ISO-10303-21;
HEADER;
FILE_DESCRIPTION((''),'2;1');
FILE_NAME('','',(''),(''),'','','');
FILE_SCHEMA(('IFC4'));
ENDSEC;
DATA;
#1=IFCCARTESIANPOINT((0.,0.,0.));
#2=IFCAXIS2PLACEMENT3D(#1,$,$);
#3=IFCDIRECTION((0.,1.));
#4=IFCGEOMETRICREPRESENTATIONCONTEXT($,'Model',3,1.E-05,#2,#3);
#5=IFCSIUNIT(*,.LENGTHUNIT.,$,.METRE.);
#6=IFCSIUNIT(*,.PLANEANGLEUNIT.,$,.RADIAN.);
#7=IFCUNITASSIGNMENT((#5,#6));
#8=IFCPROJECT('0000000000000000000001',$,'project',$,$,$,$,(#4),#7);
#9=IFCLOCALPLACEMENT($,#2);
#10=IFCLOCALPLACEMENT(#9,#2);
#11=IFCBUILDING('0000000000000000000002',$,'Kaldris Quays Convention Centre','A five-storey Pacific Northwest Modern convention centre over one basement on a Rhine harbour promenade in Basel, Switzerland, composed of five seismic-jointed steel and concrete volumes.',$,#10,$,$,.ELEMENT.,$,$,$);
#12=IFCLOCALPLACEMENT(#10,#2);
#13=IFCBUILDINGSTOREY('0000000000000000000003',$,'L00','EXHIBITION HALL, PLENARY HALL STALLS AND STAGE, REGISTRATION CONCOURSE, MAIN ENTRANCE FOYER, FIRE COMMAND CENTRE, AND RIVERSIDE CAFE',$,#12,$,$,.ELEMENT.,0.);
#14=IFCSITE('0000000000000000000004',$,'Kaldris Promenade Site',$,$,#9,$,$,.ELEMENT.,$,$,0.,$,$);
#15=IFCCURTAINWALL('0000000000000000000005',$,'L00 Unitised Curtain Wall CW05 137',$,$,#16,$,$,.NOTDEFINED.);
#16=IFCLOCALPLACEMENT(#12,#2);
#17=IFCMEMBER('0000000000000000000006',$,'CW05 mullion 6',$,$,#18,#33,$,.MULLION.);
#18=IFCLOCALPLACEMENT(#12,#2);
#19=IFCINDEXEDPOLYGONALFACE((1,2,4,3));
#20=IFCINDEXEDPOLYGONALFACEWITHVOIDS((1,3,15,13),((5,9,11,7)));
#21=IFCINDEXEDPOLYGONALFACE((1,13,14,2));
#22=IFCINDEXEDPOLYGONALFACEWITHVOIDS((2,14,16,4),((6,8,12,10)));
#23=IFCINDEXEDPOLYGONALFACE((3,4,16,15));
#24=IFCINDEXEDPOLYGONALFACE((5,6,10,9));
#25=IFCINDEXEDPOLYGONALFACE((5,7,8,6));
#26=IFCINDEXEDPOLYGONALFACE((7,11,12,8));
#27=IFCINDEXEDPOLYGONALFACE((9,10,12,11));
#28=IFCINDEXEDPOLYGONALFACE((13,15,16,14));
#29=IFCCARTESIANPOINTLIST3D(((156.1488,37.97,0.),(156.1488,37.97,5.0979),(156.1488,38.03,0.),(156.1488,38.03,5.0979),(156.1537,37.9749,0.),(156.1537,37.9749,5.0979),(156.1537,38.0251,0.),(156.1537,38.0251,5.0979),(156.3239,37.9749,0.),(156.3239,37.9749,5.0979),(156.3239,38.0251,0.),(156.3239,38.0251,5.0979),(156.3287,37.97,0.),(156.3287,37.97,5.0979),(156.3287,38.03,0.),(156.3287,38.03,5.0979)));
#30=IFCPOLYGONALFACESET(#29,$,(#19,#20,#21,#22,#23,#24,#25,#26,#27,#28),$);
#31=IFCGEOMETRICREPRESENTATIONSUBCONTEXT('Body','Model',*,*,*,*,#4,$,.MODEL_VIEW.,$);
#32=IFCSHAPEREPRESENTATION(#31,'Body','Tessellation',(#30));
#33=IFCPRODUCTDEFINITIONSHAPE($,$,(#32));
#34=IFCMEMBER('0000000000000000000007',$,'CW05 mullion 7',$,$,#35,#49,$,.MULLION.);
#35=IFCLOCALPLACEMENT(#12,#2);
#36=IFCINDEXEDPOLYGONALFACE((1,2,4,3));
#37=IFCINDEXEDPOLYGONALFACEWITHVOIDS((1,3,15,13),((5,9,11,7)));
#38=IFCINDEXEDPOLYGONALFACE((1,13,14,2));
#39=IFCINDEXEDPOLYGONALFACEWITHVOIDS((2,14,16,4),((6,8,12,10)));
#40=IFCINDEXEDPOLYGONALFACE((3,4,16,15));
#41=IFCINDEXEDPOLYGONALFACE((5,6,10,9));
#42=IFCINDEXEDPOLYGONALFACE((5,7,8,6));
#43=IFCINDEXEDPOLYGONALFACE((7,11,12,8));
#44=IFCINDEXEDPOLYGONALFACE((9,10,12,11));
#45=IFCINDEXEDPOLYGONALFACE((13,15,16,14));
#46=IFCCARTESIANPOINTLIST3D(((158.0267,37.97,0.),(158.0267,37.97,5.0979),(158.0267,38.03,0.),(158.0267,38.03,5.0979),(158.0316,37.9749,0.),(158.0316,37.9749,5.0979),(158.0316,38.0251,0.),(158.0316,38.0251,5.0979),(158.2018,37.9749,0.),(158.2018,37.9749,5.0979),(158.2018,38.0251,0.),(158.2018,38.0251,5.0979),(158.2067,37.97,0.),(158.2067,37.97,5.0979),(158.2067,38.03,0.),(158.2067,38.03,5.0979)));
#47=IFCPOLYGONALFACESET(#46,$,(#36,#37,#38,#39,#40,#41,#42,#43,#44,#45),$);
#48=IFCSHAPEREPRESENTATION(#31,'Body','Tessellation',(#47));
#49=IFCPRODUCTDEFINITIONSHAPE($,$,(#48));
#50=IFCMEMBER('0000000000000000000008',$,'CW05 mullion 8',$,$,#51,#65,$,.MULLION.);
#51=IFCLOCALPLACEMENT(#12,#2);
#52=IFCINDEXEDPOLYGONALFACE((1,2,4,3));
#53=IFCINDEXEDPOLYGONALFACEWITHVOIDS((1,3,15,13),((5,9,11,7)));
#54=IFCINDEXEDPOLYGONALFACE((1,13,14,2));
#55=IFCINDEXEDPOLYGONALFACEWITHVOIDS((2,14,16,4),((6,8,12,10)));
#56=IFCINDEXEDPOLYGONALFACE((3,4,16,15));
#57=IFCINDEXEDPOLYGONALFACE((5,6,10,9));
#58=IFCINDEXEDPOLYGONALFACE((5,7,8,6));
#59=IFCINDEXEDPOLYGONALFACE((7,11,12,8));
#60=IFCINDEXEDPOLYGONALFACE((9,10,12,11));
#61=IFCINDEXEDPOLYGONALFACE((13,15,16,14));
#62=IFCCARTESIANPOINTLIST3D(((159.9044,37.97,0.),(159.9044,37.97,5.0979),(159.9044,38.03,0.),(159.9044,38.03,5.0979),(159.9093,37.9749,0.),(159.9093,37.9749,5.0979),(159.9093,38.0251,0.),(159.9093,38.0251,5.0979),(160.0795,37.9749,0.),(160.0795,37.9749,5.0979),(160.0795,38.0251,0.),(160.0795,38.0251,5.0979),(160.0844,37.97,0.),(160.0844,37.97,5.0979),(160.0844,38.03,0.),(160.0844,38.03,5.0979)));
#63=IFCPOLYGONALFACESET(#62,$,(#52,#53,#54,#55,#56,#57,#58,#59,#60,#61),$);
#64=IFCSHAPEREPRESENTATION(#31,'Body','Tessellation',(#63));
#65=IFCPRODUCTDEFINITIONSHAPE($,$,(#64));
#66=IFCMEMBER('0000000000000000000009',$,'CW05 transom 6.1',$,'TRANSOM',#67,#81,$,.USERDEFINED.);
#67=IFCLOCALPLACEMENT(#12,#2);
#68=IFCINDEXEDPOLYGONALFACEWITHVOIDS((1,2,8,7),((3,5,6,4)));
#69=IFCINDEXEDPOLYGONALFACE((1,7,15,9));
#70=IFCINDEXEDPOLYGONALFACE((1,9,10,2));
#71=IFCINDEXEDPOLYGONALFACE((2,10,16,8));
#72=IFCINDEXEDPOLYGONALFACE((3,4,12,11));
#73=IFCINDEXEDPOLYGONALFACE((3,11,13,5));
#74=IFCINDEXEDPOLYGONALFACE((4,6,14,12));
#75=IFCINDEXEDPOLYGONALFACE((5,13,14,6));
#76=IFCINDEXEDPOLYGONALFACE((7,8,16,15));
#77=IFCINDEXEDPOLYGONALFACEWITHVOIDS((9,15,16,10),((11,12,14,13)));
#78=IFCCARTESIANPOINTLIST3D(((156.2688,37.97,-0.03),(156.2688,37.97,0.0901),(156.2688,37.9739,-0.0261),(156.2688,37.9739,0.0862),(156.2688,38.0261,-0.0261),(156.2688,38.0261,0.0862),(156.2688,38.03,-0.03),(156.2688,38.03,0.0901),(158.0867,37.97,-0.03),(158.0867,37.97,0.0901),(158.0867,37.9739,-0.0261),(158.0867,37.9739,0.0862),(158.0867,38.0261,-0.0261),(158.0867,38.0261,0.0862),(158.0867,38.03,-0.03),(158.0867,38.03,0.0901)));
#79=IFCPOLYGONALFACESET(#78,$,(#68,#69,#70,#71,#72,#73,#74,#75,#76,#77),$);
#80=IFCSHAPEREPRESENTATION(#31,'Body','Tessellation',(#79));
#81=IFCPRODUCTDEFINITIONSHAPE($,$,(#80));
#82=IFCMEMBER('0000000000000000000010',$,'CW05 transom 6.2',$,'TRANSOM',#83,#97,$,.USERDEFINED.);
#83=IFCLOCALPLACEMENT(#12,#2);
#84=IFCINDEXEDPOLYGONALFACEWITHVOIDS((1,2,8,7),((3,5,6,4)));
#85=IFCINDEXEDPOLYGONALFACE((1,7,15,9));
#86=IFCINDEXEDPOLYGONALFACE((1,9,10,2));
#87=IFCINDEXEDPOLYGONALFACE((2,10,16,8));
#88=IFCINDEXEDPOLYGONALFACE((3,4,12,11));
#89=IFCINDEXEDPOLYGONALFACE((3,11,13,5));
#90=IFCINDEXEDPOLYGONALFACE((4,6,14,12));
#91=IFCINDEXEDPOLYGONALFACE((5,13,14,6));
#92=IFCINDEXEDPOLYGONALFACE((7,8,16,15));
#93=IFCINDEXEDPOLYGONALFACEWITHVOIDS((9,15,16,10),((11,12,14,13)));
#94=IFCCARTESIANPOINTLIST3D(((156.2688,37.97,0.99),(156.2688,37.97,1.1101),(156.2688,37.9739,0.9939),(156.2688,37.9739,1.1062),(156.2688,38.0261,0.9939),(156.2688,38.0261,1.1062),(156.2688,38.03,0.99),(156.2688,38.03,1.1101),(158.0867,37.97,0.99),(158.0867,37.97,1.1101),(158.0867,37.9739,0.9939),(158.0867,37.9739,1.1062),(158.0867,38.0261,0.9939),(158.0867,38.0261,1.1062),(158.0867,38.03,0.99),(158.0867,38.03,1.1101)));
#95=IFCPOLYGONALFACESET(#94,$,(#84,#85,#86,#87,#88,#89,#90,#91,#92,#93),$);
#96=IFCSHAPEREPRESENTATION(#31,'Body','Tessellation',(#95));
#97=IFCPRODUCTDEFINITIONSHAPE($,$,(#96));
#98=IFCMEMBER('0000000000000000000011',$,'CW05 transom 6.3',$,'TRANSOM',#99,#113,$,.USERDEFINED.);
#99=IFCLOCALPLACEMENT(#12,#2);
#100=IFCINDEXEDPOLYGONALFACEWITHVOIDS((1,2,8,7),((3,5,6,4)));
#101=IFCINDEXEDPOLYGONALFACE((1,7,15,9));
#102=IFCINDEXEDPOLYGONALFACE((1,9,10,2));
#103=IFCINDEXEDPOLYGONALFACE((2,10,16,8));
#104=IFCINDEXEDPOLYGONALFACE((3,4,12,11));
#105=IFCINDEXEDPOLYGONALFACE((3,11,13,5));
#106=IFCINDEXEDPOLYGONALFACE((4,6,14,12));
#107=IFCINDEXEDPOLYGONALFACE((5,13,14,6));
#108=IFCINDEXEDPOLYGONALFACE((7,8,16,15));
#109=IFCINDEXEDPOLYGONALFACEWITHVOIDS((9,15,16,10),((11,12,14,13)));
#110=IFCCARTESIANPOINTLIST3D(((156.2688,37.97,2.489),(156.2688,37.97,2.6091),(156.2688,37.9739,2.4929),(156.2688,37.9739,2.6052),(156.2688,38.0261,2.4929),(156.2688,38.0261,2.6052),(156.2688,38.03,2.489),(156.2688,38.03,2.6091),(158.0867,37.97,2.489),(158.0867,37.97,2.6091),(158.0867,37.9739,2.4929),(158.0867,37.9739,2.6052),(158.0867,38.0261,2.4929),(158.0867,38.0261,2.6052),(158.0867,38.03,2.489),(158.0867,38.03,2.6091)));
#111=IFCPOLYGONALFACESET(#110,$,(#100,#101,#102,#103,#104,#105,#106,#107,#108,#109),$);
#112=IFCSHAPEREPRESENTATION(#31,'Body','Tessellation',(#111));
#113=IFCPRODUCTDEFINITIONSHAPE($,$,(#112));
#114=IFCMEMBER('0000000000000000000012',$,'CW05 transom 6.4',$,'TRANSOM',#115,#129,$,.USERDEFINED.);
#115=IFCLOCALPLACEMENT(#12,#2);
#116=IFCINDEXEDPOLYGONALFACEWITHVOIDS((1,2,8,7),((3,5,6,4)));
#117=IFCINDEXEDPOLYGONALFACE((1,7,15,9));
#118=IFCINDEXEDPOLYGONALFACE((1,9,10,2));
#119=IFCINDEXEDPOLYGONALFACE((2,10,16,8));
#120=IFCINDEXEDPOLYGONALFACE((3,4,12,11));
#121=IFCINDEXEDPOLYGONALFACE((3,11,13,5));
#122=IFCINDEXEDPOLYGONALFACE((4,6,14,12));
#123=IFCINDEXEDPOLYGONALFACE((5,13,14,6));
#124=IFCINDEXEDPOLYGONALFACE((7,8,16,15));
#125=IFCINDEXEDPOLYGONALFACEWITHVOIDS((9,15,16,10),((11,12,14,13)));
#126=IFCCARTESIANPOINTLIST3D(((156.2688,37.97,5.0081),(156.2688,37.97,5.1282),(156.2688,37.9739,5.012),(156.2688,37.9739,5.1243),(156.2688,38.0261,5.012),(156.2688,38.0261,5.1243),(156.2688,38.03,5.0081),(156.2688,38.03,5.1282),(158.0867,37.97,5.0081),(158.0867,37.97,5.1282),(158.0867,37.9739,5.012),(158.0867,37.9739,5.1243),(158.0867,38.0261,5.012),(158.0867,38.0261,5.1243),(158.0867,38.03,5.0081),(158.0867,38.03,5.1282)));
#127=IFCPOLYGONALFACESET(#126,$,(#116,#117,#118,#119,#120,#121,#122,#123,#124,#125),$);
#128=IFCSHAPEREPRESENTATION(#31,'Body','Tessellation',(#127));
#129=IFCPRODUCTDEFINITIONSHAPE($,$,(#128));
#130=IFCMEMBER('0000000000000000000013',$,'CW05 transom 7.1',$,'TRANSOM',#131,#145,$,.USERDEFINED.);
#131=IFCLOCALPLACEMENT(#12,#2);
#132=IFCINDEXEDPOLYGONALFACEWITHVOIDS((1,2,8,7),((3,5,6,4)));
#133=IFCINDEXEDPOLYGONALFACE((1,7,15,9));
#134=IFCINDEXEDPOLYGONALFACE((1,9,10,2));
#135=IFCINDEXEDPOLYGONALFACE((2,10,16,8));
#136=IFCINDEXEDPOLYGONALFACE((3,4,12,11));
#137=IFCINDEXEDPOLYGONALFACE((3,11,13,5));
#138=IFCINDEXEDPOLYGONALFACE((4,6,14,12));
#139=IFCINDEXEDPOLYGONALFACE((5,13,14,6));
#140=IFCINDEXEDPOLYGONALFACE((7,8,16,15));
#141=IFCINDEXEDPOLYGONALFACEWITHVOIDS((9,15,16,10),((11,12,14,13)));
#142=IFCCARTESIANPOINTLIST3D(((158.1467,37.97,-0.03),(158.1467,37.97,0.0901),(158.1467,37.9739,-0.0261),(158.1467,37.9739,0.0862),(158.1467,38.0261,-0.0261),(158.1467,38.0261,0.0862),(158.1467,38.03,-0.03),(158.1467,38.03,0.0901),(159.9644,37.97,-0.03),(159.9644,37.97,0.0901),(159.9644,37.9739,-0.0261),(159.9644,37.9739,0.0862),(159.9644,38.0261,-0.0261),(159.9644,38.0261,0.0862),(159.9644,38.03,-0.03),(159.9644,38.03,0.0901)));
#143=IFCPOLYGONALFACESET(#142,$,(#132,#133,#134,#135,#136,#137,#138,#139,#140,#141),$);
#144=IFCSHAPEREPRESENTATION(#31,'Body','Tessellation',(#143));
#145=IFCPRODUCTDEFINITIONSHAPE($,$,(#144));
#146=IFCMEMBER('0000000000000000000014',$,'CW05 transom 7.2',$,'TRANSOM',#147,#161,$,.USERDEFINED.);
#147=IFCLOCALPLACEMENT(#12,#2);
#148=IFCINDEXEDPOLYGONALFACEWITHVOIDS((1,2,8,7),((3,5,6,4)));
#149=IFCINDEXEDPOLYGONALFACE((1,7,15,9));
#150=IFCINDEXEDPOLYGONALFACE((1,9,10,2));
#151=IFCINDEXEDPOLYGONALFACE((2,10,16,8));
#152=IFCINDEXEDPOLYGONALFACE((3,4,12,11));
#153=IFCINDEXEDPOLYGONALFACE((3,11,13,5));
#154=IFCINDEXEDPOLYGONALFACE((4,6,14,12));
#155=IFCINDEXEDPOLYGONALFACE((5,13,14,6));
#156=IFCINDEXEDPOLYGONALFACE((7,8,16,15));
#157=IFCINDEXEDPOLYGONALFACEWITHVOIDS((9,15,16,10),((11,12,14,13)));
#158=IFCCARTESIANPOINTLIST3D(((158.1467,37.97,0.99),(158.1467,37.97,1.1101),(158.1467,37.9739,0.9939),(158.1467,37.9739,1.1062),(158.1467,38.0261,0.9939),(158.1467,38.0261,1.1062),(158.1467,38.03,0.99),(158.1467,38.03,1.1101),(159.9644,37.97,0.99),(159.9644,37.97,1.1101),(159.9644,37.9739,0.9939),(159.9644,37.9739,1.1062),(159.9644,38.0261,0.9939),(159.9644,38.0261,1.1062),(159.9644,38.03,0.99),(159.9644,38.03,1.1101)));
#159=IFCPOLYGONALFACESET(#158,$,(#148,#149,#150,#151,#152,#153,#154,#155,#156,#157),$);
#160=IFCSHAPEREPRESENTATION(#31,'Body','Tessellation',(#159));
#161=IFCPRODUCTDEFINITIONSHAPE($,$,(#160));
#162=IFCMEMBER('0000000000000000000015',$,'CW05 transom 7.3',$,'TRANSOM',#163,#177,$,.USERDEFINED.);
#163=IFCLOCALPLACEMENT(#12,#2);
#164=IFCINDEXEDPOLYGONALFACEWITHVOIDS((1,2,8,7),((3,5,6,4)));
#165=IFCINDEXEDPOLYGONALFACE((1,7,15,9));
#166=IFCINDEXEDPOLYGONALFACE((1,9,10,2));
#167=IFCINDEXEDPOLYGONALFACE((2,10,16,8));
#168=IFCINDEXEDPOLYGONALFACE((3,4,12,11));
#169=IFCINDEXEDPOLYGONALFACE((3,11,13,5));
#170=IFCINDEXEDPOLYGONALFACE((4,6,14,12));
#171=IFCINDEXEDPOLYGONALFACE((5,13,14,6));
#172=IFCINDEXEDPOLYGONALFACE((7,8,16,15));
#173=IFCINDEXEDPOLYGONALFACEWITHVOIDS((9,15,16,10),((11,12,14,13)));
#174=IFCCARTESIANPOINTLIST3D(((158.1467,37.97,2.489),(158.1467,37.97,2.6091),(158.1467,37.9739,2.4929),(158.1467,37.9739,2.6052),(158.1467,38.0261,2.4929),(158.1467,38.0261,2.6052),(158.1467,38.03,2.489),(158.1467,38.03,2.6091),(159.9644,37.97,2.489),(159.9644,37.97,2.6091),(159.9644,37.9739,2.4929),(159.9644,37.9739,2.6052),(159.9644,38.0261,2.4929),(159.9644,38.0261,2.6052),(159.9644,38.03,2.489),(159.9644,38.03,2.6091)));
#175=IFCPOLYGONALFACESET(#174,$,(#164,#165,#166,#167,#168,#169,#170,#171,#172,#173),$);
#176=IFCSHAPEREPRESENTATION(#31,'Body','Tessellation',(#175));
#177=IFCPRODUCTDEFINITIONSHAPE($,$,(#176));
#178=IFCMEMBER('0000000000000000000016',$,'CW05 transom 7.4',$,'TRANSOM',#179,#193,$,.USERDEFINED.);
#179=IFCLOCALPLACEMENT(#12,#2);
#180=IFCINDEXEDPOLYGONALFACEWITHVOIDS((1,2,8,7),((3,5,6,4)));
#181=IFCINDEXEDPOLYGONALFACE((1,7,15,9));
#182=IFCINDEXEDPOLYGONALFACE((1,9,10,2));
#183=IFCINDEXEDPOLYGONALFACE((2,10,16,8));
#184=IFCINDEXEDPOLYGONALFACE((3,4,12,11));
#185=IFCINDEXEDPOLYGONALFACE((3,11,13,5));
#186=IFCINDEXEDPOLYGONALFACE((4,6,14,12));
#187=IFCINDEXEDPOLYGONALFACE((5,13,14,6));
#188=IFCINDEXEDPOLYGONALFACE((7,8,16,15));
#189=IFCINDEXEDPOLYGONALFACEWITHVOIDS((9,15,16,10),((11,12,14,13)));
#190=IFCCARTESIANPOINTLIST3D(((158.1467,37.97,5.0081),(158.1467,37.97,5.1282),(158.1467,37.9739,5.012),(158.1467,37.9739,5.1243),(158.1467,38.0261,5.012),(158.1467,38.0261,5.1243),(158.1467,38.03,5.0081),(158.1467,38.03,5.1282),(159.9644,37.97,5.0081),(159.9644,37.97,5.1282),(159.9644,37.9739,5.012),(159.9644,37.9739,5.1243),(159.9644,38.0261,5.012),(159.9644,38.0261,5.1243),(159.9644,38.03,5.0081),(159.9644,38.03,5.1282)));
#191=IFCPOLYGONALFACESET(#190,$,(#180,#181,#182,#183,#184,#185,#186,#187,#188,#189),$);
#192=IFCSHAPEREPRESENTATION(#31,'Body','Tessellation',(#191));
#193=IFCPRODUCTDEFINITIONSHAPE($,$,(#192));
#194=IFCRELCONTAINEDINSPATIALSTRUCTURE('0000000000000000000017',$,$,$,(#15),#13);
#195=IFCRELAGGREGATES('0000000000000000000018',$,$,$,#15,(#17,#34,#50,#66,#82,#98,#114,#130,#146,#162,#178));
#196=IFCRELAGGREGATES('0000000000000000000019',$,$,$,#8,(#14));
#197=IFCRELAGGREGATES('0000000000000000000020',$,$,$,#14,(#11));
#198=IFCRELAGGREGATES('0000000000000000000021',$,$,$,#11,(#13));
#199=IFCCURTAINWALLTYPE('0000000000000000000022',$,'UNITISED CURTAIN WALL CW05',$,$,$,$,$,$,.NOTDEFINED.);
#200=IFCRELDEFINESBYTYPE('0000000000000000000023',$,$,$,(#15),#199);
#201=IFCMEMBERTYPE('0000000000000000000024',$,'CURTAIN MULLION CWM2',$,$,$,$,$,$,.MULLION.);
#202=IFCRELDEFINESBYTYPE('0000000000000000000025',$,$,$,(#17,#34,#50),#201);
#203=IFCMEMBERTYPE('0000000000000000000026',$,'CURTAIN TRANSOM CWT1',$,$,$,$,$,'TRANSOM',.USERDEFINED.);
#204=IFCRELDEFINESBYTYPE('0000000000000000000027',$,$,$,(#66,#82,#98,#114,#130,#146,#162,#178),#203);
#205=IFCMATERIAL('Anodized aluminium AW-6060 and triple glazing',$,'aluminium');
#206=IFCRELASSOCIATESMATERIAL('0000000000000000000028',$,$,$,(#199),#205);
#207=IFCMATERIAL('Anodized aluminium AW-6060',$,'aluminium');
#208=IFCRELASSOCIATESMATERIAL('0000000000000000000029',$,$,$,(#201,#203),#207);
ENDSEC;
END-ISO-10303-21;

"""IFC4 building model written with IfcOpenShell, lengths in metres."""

from ifc_helpers import new_model, si_unit, direction, frame, origin, origin_2d, place, context, subcontext, project, spatial, hollow_rectangle, extrude, material, material_profile, profile_set, type_object, element, aggregate, save


model = new_model("IFC4")

# Units and contexts
model_context = context("Model", 3, precision=1e-05, world=origin(), true_north=direction((0.0, 1.0)))
body_context = subcontext(model_context, "Body", "Model", "MODEL_VIEW")
ifc_project = project(units=[si_unit("LENGTHUNIT", "METRE"), si_unit("PLANEANGLEUNIT", "RADIAN")], contexts=[model_context])

# Site, building, storey
site_placement = place(None, origin())
site = spatial("IfcSite", under=ifc_project, at=site_placement, Name="Kaldris Promenade Site", CompositionType="ELEMENT", RefElevation=0.0)
building_placement = place(site_placement, origin())
building = spatial("IfcBuilding", under=site, at=building_placement, Name="Kaldris Quays Convention Centre", Description="A five-storey Pacific Northwest Modern convention centre over one basement on a Rhine harbour promenade in Basel, Switzerland, composed of five seismic-jointed steel and concrete volumes.", CompositionType="ELEMENT")
storey_placement = place(building_placement, origin())
storey = spatial("IfcBuildingStorey", under=building, at=storey_placement, Name="L00", Description="EXHIBITION HALL, PLENARY HALL STALLS AND STAGE, REGISTRATION CONCOURSE, MAIN ENTRANCE FOYER, FIRE COMMAND CENTRE, AND RIVERSIDE CAFE", CompositionType="ELEMENT", Elevation=0.0)

# Curtain wall, members
ifc_material_1 = material(Name="Anodized aluminium AW-6060 and triple glazing", Category="aluminium")
curtain_wall_type = type_object("IfcCurtainWallType", Name="UNITISED CURTAIN WALL CW05", PredefinedType="NOTDEFINED", material=ifc_material_1)
curtain_wall_placement = place(storey_placement, origin())
curtain_wall = element("IfcCurtainWall", 1, at=curtain_wall_placement, inside=storey, type_object=curtain_wall_type, Name="L00 Unitised Curtain Wall CW05 137", PredefinedType="NOTDEFINED")
ifc_material_2 = material(Name="Anodized aluminium AW-6060", Category="aluminium")
ifc_material_profile_1 = material_profile(ifc_material_2, hollow_rectangle(XDim=0.0601, YDim=0.1799, WallThickness=0.0049, at=origin_2d()), Name="RHS 180x60x5")
ifc_profile_set_1 = profile_set([ifc_material_profile_1], Name="Anodized aluminium AW-6060")
member_type_1 = type_object("IfcMemberType", Name="CURTAIN MULLION CWM2", PredefinedType="MULLION", material=ifc_profile_set_1)
member_1_placement = place(storey_placement, frame((156.2388, 38.0, 0.0), z_axis=(0.0, 0.0, 1.0), x_axis=(0.0, 1.0, 0.0)))
member_1 = element("IfcMember", 2, at=member_1_placement, type_object=member_type_1, Name="CW05 mullion 6", PredefinedType="MULLION", context=body_context, shape_type="SweptSolid", body=[
    extrude(hollow_rectangle(XDim=0.0601, YDim=0.1799, WallThickness=0.0049, at=origin_2d()), origin(), (0.0, 0.0, 1.0), 5.0979),
])
member_2_placement = place(storey_placement, frame((158.1167, 38.0, 0.0), z_axis=(0.0, 0.0, 1.0), x_axis=(0.0, 1.0, 0.0)))
member_2 = element("IfcMember", 3, at=member_2_placement, type_object=member_type_1, Name="CW05 mullion 7", PredefinedType="MULLION", context=body_context, shape_type="SweptSolid", body=[
    extrude(hollow_rectangle(XDim=0.0601, YDim=0.1799, WallThickness=0.0049, at=origin_2d()), origin(), (0.0, 0.0, 1.0), 5.0979),
])
member_3_placement = place(storey_placement, frame((159.9944, 38.0, 0.0), z_axis=(0.0, 0.0, 1.0), x_axis=(0.0, 1.0, 0.0)))
member_3 = element("IfcMember", 4, at=member_3_placement, type_object=member_type_1, Name="CW05 mullion 8", PredefinedType="MULLION", context=body_context, shape_type="SweptSolid", body=[
    extrude(hollow_rectangle(XDim=0.0601, YDim=0.1799, WallThickness=0.0049, at=origin_2d()), origin(), (0.0, 0.0, 1.0), 5.0979),
])
ifc_material_profile_2 = material_profile(ifc_material_2, hollow_rectangle(XDim=0.0601, YDim=0.1201, WallThickness=0.0039, at=origin_2d()), Name="RHS 120x60x4")
ifc_profile_set_2 = profile_set([ifc_material_profile_2], Name="Anodized aluminium AW-6060")
member_type_2 = type_object("IfcMemberType", Name="CURTAIN TRANSOM CWT1", ElementType="TRANSOM", PredefinedType="USERDEFINED", material=ifc_profile_set_2)
member_4_placement = place(storey_placement, frame((156.2688, 38.0, 0.03), z_axis=(1.0, 0.0, 0.0), x_axis=(0.0, 1.0, 0.0)))
member_4 = element("IfcMember", 5, at=member_4_placement, type_object=member_type_2, Name="CW05 transom 6.1", ObjectType="TRANSOM", PredefinedType="USERDEFINED", context=body_context, shape_type="SweptSolid", body=[
    extrude(hollow_rectangle(XDim=0.0601, YDim=0.1201, WallThickness=0.0039, at=origin_2d()), origin(), (0.0, 0.0, 1.0), 1.8179),
])
member_5_placement = place(storey_placement, frame((156.2688, 38.0, 1.05), z_axis=(1.0, 0.0, 0.0), x_axis=(0.0, 1.0, 0.0)))
member_5 = element("IfcMember", 6, at=member_5_placement, type_object=member_type_2, Name="CW05 transom 6.2", ObjectType="TRANSOM", PredefinedType="USERDEFINED", context=body_context, shape_type="SweptSolid", body=[
    extrude(hollow_rectangle(XDim=0.0601, YDim=0.1201, WallThickness=0.0039, at=origin_2d()), origin(), (0.0, 0.0, 1.0), 1.8179),
])
member_6_placement = place(storey_placement, frame((156.2688, 38.0, 2.5491), z_axis=(1.0, 0.0, 0.0), x_axis=(0.0, 1.0, 0.0)))
member_6 = element("IfcMember", 7, at=member_6_placement, type_object=member_type_2, Name="CW05 transom 6.3", ObjectType="TRANSOM", PredefinedType="USERDEFINED", context=body_context, shape_type="SweptSolid", body=[
    extrude(hollow_rectangle(XDim=0.0601, YDim=0.1201, WallThickness=0.0039, at=origin_2d()), origin(), (0.0, 0.0, 1.0), 1.8179),
])
member_7_placement = place(storey_placement, frame((156.2688, 38.0, 5.0681), z_axis=(1.0, 0.0, 0.0), x_axis=(0.0, 1.0, 0.0)))
member_7 = element("IfcMember", 8, at=member_7_placement, type_object=member_type_2, Name="CW05 transom 6.4", ObjectType="TRANSOM", PredefinedType="USERDEFINED", context=body_context, shape_type="SweptSolid", body=[
    extrude(hollow_rectangle(XDim=0.0601, YDim=0.1201, WallThickness=0.0039, at=origin_2d()), origin(), (0.0, 0.0, 1.0), 1.8179),
])
member_8_placement = place(storey_placement, frame((158.1467, 38.0, 0.03), z_axis=(1.0, 0.0, 0.0), x_axis=(0.0, 1.0, 0.0)))
member_8 = element("IfcMember", 9, at=member_8_placement, type_object=member_type_2, Name="CW05 transom 7.1", ObjectType="TRANSOM", PredefinedType="USERDEFINED", context=body_context, shape_type="SweptSolid", body=[
    extrude(hollow_rectangle(XDim=0.0601, YDim=0.1201, WallThickness=0.0039, at=origin_2d()), origin(), (0.0, 0.0, 1.0), 1.8176),
])
member_9_placement = place(storey_placement, frame((158.1467, 38.0, 1.05), z_axis=(1.0, 0.0, 0.0), x_axis=(0.0, 1.0, 0.0)))
member_9 = element("IfcMember", 10, at=member_9_placement, type_object=member_type_2, Name="CW05 transom 7.2", ObjectType="TRANSOM", PredefinedType="USERDEFINED", context=body_context, shape_type="SweptSolid", body=[
    extrude(hollow_rectangle(XDim=0.0601, YDim=0.1201, WallThickness=0.0039, at=origin_2d()), origin(), (0.0, 0.0, 1.0), 1.8176),
])
member_10_placement = place(storey_placement, frame((158.1467, 38.0, 2.5491), z_axis=(1.0, 0.0, 0.0), x_axis=(0.0, 1.0, 0.0)))
member_10 = element("IfcMember", 11, at=member_10_placement, type_object=member_type_2, Name="CW05 transom 7.3", ObjectType="TRANSOM", PredefinedType="USERDEFINED", context=body_context, shape_type="SweptSolid", body=[
    extrude(hollow_rectangle(XDim=0.0601, YDim=0.1201, WallThickness=0.0039, at=origin_2d()), origin(), (0.0, 0.0, 1.0), 1.8176),
])
member_11_placement = place(storey_placement, frame((158.1467, 38.0, 5.0681), z_axis=(1.0, 0.0, 0.0), x_axis=(0.0, 1.0, 0.0)))
member_11 = element("IfcMember", 12, at=member_11_placement, type_object=member_type_2, Name="CW05 transom 7.4", ObjectType="TRANSOM", PredefinedType="USERDEFINED", context=body_context, shape_type="SweptSolid", body=[
    extrude(hollow_rectangle(XDim=0.0601, YDim=0.1201, WallThickness=0.0039, at=origin_2d()), origin(), (0.0, 0.0, 1.0), 1.8176),
])
aggregate(curtain_wall, [member_1, member_2, member_3, member_4, member_5, member_6, member_7, member_8, member_9, member_10, member_11])

save(model, "model.ifc")
